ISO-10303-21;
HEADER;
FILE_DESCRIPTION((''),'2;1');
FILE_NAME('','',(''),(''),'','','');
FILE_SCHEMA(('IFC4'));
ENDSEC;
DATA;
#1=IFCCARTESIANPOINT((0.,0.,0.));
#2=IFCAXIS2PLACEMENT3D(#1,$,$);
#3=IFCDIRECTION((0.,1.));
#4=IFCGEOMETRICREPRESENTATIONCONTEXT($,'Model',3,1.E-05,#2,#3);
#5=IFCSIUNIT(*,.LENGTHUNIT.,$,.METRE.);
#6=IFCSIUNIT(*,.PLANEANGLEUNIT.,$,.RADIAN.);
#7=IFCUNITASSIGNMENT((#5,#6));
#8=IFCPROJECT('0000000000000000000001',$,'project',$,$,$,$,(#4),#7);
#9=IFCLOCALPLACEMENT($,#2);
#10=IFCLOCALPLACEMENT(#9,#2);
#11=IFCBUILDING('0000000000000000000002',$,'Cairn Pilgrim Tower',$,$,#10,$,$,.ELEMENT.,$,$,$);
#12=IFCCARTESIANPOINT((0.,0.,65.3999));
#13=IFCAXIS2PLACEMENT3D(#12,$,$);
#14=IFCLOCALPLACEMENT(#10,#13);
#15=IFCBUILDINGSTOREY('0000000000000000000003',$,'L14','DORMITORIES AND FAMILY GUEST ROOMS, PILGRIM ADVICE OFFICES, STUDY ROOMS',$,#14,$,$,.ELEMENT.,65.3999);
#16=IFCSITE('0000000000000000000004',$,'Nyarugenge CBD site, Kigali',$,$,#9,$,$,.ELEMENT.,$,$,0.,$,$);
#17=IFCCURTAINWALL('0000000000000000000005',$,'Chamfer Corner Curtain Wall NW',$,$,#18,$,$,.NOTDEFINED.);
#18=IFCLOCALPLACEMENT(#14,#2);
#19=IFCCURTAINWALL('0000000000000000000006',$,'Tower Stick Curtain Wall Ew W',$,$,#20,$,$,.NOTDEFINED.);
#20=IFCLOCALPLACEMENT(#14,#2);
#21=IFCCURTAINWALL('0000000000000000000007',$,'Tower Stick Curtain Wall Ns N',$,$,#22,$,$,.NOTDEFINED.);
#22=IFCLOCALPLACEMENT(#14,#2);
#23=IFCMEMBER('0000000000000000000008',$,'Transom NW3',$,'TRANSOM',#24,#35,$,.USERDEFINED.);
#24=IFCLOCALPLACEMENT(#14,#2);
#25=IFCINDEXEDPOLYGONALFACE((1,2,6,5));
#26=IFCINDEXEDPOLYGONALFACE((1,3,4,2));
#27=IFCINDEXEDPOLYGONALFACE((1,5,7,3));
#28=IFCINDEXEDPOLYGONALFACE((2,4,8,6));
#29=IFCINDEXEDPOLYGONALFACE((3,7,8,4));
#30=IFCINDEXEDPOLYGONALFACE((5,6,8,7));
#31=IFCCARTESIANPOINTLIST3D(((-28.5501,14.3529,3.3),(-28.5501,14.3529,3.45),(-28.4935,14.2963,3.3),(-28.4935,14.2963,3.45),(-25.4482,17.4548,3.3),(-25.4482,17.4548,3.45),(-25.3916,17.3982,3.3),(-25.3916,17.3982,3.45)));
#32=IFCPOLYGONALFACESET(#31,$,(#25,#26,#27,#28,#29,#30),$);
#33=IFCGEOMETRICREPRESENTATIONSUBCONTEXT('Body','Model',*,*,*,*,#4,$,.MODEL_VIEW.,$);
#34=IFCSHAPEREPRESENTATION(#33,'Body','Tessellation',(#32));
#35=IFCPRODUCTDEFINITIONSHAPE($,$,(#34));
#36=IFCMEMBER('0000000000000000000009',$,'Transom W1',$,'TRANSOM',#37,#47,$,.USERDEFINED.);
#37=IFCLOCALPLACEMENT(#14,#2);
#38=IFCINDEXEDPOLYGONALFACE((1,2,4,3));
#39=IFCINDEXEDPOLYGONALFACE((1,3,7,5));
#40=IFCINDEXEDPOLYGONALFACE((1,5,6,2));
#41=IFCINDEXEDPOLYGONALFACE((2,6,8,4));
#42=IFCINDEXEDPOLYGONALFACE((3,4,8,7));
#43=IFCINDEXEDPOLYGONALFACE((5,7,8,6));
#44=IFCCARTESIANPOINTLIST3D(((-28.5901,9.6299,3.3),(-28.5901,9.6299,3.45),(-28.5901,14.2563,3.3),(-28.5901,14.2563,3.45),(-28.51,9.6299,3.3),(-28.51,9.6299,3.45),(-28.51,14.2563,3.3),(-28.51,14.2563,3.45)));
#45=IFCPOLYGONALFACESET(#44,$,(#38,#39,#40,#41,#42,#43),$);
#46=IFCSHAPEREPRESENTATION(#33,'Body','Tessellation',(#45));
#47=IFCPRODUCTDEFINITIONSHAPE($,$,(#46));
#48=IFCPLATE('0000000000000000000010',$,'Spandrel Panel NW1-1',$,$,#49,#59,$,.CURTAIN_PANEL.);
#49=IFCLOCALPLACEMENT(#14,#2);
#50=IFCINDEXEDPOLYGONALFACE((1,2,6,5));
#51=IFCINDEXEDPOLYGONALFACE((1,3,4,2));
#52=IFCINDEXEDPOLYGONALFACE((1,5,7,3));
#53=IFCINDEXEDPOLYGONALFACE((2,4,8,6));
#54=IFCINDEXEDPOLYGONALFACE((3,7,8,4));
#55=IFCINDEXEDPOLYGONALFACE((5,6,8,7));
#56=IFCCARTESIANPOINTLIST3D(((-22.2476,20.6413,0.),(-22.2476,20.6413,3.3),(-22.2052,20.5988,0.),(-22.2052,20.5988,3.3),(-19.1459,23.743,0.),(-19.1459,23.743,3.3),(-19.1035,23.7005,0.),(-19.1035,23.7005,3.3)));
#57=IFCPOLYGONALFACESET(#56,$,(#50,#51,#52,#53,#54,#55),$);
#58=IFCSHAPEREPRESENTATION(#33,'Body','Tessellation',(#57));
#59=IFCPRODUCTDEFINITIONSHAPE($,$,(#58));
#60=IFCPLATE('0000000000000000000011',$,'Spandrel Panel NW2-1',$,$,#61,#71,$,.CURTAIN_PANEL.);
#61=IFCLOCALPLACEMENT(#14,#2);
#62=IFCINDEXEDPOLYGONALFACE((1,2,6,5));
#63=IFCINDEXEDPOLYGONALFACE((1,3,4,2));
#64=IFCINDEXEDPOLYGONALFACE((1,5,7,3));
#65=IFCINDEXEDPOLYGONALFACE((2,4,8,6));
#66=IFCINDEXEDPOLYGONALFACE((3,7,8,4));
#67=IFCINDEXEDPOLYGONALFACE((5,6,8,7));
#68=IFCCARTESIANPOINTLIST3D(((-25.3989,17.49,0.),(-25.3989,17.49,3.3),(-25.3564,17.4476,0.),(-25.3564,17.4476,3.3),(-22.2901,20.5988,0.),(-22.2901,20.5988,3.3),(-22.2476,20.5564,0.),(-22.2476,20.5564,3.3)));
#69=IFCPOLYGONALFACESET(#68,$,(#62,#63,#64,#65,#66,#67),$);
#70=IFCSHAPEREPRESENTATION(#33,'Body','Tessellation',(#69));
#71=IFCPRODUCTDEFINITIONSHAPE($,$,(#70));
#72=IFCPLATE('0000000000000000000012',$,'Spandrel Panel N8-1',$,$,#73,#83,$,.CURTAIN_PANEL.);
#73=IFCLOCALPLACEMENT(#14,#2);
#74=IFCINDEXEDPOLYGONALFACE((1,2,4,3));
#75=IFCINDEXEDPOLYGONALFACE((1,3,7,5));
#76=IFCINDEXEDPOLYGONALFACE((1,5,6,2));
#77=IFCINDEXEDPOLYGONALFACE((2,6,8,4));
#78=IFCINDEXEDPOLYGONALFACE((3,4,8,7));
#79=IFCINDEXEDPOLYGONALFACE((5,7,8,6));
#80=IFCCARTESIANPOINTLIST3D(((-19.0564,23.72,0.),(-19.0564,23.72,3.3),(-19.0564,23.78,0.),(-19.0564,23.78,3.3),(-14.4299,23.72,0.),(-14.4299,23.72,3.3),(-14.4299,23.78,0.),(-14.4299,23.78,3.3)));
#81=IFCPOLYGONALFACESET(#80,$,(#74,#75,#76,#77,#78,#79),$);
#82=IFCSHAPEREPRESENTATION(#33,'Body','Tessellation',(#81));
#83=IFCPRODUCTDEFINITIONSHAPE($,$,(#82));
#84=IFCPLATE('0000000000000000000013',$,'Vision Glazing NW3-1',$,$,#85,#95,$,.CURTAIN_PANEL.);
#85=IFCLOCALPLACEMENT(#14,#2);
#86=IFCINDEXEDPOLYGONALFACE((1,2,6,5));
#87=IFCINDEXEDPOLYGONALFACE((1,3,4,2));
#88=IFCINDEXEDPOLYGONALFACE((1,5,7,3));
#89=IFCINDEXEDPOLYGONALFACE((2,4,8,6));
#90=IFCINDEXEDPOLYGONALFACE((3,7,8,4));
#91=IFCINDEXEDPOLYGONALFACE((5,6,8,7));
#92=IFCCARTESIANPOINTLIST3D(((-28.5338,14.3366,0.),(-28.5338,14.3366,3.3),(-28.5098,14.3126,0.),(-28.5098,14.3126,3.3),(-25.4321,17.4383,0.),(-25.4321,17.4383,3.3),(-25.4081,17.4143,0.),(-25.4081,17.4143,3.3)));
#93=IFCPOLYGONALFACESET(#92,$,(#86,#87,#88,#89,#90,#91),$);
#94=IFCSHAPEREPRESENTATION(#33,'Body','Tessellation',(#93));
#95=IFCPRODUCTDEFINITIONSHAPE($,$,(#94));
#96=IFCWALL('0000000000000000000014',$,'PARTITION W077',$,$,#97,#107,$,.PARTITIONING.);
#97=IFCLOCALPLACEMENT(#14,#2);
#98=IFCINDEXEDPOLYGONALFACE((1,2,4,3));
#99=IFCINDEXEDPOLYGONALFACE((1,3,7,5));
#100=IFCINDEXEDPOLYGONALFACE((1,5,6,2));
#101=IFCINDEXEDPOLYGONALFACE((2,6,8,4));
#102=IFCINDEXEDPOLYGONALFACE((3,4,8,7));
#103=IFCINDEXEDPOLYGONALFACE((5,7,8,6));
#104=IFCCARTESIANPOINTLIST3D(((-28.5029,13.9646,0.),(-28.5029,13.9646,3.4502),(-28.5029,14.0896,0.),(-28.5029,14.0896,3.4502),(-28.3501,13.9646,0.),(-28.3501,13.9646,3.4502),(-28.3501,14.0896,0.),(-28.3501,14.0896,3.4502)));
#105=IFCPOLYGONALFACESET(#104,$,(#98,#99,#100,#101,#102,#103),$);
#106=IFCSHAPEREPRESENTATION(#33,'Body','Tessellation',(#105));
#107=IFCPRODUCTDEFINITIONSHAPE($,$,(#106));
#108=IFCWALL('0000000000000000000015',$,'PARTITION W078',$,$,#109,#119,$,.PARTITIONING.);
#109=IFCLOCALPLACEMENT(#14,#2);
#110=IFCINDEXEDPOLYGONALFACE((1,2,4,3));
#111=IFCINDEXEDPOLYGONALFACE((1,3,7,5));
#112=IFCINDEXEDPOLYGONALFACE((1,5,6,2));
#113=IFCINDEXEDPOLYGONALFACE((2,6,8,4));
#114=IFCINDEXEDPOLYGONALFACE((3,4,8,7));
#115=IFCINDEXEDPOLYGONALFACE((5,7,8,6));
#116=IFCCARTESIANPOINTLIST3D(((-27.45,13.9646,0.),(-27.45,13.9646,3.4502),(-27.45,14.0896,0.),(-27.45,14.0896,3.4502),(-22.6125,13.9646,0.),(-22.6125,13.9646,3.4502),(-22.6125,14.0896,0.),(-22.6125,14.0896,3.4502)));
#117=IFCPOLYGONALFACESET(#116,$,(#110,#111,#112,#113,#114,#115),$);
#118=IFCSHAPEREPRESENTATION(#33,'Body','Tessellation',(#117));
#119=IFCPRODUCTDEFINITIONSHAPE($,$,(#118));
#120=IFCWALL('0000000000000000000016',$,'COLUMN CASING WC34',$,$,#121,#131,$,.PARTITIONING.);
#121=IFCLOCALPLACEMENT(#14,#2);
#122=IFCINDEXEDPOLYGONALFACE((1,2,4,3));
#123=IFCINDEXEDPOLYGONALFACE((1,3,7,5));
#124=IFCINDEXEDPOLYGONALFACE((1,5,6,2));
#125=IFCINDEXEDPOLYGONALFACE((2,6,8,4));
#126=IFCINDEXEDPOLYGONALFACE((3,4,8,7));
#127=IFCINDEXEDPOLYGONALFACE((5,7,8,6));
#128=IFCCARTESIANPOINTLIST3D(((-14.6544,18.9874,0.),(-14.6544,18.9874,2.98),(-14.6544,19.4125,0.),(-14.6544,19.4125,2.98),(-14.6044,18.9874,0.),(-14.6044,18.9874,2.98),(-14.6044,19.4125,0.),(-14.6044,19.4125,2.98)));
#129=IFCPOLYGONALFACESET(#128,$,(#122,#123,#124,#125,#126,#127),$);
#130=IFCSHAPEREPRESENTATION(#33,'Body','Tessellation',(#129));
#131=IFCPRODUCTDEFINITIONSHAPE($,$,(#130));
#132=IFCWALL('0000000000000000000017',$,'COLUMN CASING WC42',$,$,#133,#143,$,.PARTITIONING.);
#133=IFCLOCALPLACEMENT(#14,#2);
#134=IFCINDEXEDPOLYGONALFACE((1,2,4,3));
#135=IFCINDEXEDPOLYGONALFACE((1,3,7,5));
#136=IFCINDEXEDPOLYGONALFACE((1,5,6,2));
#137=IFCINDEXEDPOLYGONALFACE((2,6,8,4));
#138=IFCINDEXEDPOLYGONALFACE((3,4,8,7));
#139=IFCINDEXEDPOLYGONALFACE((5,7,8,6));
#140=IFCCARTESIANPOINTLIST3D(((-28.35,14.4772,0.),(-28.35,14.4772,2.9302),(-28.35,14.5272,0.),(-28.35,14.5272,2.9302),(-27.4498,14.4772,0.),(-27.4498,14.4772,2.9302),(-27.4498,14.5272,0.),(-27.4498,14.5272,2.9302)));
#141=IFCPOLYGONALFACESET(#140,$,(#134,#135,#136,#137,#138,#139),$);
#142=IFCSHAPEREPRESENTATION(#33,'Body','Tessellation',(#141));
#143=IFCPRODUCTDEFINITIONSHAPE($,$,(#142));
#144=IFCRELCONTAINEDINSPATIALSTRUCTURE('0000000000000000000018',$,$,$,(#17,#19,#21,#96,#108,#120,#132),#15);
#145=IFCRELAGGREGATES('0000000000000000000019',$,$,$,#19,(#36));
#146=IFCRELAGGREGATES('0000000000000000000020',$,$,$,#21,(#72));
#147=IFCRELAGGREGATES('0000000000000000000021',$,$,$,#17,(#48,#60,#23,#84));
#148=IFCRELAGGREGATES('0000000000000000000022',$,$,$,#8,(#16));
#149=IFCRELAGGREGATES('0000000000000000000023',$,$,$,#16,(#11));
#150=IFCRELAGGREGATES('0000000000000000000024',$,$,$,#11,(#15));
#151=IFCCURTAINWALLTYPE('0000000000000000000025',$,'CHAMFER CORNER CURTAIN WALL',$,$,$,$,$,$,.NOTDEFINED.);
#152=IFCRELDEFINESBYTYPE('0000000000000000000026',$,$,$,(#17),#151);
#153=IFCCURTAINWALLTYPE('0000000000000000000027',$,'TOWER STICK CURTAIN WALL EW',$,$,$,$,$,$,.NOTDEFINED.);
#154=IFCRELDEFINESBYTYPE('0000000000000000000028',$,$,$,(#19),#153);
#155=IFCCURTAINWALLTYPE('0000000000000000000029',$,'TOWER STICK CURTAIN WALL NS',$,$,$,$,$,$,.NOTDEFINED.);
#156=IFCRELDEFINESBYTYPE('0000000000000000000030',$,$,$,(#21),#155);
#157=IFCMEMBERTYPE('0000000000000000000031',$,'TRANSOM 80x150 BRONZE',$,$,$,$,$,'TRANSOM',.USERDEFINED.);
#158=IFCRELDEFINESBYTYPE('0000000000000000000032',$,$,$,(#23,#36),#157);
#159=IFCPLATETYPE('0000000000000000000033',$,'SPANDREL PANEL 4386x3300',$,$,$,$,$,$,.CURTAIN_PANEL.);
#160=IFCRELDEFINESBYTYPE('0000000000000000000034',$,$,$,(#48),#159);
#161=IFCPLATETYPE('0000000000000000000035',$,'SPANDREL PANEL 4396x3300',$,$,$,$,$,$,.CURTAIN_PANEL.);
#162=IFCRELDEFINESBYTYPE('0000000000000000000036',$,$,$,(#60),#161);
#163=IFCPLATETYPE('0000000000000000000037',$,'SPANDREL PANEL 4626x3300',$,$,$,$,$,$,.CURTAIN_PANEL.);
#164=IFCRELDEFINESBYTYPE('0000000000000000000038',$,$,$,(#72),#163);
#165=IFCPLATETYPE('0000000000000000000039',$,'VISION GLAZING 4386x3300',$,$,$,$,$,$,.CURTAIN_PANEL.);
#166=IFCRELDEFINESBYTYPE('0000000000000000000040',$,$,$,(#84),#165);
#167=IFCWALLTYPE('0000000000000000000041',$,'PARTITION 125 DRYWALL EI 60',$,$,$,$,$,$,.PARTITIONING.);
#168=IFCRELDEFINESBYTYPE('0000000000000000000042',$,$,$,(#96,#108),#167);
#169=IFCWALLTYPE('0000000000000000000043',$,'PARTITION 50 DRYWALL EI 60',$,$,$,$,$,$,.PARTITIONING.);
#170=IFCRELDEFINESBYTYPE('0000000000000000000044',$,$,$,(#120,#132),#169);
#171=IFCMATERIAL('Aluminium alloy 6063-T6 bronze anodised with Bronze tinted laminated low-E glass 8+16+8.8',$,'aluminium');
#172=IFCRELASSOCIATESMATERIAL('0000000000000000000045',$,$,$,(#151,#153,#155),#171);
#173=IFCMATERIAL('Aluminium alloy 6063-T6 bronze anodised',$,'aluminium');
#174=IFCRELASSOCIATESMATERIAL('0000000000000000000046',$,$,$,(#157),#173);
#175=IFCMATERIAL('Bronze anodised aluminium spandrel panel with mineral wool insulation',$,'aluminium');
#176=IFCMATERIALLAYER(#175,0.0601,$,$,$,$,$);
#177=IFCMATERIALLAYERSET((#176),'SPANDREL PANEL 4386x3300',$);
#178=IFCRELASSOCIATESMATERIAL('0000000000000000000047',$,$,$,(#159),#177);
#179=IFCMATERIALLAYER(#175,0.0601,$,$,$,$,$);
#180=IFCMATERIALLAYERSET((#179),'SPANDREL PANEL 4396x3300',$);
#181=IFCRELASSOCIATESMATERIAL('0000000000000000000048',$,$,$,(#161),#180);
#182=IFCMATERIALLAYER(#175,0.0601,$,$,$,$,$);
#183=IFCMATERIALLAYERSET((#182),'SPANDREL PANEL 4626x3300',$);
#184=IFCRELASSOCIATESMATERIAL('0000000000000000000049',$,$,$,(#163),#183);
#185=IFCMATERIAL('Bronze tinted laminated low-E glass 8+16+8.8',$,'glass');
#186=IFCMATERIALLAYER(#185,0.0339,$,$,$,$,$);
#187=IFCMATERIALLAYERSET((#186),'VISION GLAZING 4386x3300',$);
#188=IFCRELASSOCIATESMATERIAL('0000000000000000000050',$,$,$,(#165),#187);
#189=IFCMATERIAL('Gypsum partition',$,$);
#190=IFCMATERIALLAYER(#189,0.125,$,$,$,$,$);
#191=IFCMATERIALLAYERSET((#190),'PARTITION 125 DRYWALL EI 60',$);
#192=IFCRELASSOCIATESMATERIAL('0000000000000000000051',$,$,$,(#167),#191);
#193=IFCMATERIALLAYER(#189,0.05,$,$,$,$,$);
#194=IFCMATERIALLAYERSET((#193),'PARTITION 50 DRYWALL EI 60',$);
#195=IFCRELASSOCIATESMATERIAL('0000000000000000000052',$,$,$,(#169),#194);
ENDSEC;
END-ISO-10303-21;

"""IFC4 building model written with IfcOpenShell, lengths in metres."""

from ifc_helpers import new_model, si_unit, direction, frame, frame_2d, origin, origin_2d, place, context, subcontext, project, spatial, rectangle, extrude, material, layer, layer_set, material_profile, profile_set, type_object, element, aggregate, save


model = new_model("IFC4")

# Units and contexts
model_context = context("Model", 3, precision=1e-05, world=origin(), true_north=direction((0.0, 1.0)))
body_context = subcontext(model_context, "Body", "Model", "MODEL_VIEW")
ifc_project = project(units=[si_unit("LENGTHUNIT", "METRE"), si_unit("PLANEANGLEUNIT", "RADIAN")], contexts=[model_context])

# Site, building, storey
site_placement = place(None, origin())
site = spatial("IfcSite", under=ifc_project, at=site_placement, Name="Nyarugenge CBD site, Kigali", CompositionType="ELEMENT", RefElevation=0.0)
building_placement = place(site_placement, origin())
building = spatial("IfcBuilding", under=site, at=building_placement, Name="Cairn Pilgrim Tower", CompositionType="ELEMENT")
storey_placement = place(building_placement, frame((0.0, 0.0, 65.3999)))
storey = spatial("IfcBuildingStorey", under=building, at=storey_placement, Name="L14", Description="DORMITORIES AND FAMILY GUEST ROOMS, PILGRIM ADVICE OFFICES, STUDY ROOMS", CompositionType="ELEMENT", Elevation=65.3999)

# Curtain wall
ifc_material_1 = material(Name="Aluminium alloy 6063-T6 bronze anodised with Bronze tinted laminated low-E glass 8+16+8.8", Category="aluminium")
curtain_wall_type_1 = type_object("IfcCurtainWallType", Name="CHAMFER CORNER CURTAIN WALL", PredefinedType="NOTDEFINED", material=ifc_material_1)
curtain_wall_1_placement = place(storey_placement, origin())
curtain_wall_1 = element("IfcCurtainWall", 1, at=curtain_wall_1_placement, inside=storey, type_object=curtain_wall_type_1, Name="Chamfer Corner Curtain Wall NW", PredefinedType="NOTDEFINED")
ifc_material_2 = material(Name="Aluminium alloy 6063-T6 bronze anodised", Category="aluminium")

# Curtain wall
curtain_wall_type_2 = type_object("IfcCurtainWallType", Name="TOWER STICK CURTAIN WALL EW", PredefinedType="NOTDEFINED", material=ifc_material_1)
curtain_wall_2_placement = place(storey_placement, origin())
curtain_wall_2 = element("IfcCurtainWall", 2, at=curtain_wall_2_placement, inside=storey, type_object=curtain_wall_type_2, Name="Tower Stick Curtain Wall Ew W", PredefinedType="NOTDEFINED")

# Curtain wall
curtain_wall_type_3 = type_object("IfcCurtainWallType", Name="TOWER STICK CURTAIN WALL NS", PredefinedType="NOTDEFINED", material=ifc_material_1)
curtain_wall_3_placement = place(storey_placement, origin())
curtain_wall_3 = element("IfcCurtainWall", 3, at=curtain_wall_3_placement, inside=storey, type_object=curtain_wall_type_3, Name="Tower Stick Curtain Wall Ns N", PredefinedType="NOTDEFINED")
ifc_material_profile_1 = material_profile(ifc_material_2, rectangle(XDim=0.0801, YDim=0.1499, at=origin_2d()), Name="TRANSOM 80x150 BRONZE")
ifc_profile_set_1 = profile_set([ifc_material_profile_1], Name="Aluminium alloy 6063-T6 bronze anodised")
member_type_1 = type_object("IfcMemberType", Name="TRANSOM 80x150 BRONZE", ElementType="TRANSOM", PredefinedType="USERDEFINED", material=ifc_profile_set_1)

# Members
member_1_placement = place(storey_placement, frame((-25.4199, 17.4265, 3.375), z_axis=(-0.707107, -0.707107, 0.0), x_axis=(0.707107, -0.707107, 0.0)))
member_1 = element("IfcMember", 4, at=member_1_placement, type_object=member_type_1, Name="Transom NW3", ObjectType="TRANSOM", PredefinedType="USERDEFINED", context=body_context, shape_type="SweptSolid", body=[
    extrude(rectangle(XDim=0.0801, YDim=0.1499, at=origin_2d()), origin(), (0.0, 0.0, 1.0), 4.3867),
])
member_2_placement = place(storey_placement, frame((-28.55, 14.2563, 3.375), z_axis=(0.0, -1.0, 0.0), x_axis=(1.0, 0.0, 0.0)))
member_2 = element("IfcMember", 5, at=member_2_placement, type_object=member_type_1, Name="Transom W1", ObjectType="TRANSOM", PredefinedType="USERDEFINED", context=body_context, shape_type="SweptSolid", body=[
    extrude(rectangle(XDim=0.0801, YDim=0.1499, at=origin_2d()), origin(), (0.0, 0.0, 1.0), 4.6265),
])
aggregate(curtain_wall_2, [member_2])

# Plates
ifc_material_3 = material(Name="Bronze anodised aluminium spandrel panel with mineral wool insulation", Category="aluminium")
ifc_layer_1 = layer(ifc_material_3, 0.0601)
ifc_layer_set_1 = layer_set([ifc_layer_1], Name="SPANDREL PANEL 4386x3300")
plate_type_1 = type_object("IfcPlateType", Name="SPANDREL PANEL 4386x3300", PredefinedType="CURTAIN_PANEL", material=ifc_layer_set_1)
plate_1_placement = place(storey_placement, frame((-20.6755, 22.1709, 0.0), z_axis=(0.0, 0.0, 1.0), x_axis=(-0.707107, -0.707107, 0.0)))
plate_1 = element("IfcPlate", 6, at=plate_1_placement, type_object=plate_type_1, Name="Spandrel Panel NW1-1", PredefinedType="CURTAIN_PANEL", context=body_context, shape_type="SweptSolid", body=[
    extrude(rectangle(XDim=4.3865, YDim=0.0601, at=origin_2d()), origin(), (0.0, 0.0, 1.0), 3.3),
])
ifc_layer_2 = layer(ifc_material_3, 0.0601)
ifc_layer_set_2 = layer_set([ifc_layer_2], Name="SPANDREL PANEL 4396x3300")
plate_type_2 = type_object("IfcPlateType", Name="SPANDREL PANEL 4396x3300", PredefinedType="CURTAIN_PANEL", material=ifc_layer_set_2)
plate_2_placement = place(storey_placement, frame((-23.8232, 19.0232, 0.0), z_axis=(0.0, 0.0, 1.0), x_axis=(-0.707107, -0.707107, 0.0)))
plate_2 = element("IfcPlate", 7, at=plate_2_placement, type_object=plate_type_2, Name="Spandrel Panel NW2-1", PredefinedType="CURTAIN_PANEL", context=body_context, shape_type="SweptSolid", body=[
    extrude(rectangle(XDim=4.3965, YDim=0.0601, at=origin_2d()), origin(), (0.0, 0.0, 1.0), 3.3),
])
ifc_layer_3 = layer(ifc_material_3, 0.0601)
ifc_layer_set_3 = layer_set([ifc_layer_3], Name="SPANDREL PANEL 4626x3300")
plate_type_3 = type_object("IfcPlateType", Name="SPANDREL PANEL 4626x3300", PredefinedType="CURTAIN_PANEL", material=ifc_layer_set_3)
plate_3_placement = place(storey_placement, frame((-16.7432, 23.75, 0.0), z_axis=(0.0, 0.0, 1.0), x_axis=(-1.0, 0.0, 0.0)))
plate_3 = element("IfcPlate", 8, at=plate_3_placement, type_object=plate_type_3, Name="Spandrel Panel N8-1", PredefinedType="CURTAIN_PANEL", context=body_context, shape_type="SweptSolid", body=[
    extrude(rectangle(XDim=4.6265, YDim=0.0601, at=origin_2d()), origin(), (0.0, 0.0, 1.0), 3.3),
])
aggregate(curtain_wall_3, [plate_3])
ifc_material_4 = material(Name="Bronze tinted laminated low-E glass 8+16+8.8", Category="glass")
ifc_layer_4 = layer(ifc_material_4, 0.0339)
ifc_layer_set_4 = layer_set([ifc_layer_4], Name="VISION GLAZING 4386x3300")
plate_type_4 = type_object("IfcPlateType", Name="VISION GLAZING 4386x3300", PredefinedType="CURTAIN_PANEL", material=ifc_layer_set_4)
plate_4_placement = place(storey_placement, frame((-26.9709, 15.8755, 0.0), z_axis=(0.0, 0.0, 1.0), x_axis=(-0.707107, -0.707107, 0.0)))
plate_4 = element("IfcPlate", 9, at=plate_4_placement, type_object=plate_type_4, Name="Vision Glazing NW3-1", PredefinedType="CURTAIN_PANEL", context=body_context, shape_type="SweptSolid", body=[
    extrude(rectangle(XDim=4.3865, YDim=0.0339, at=origin_2d()), origin(), (0.0, 0.0, 1.0), 3.3),
])
aggregate(curtain_wall_1, [plate_1, plate_2, member_1, plate_4])

# Walls
ifc_material_5 = material(Name="Gypsum partition")
ifc_layer_5 = layer(ifc_material_5, 0.125)
ifc_layer_set_5 = layer_set([ifc_layer_5], Name="PARTITION 125 DRYWALL EI 60")
wall_type_1 = type_object("IfcWallType", Name="PARTITION 125 DRYWALL EI 60", PredefinedType="PARTITIONING", material=ifc_layer_set_5)
wall_1_placement = place(storey_placement, frame((-28.5029, 14.0271, 0.0), z_axis=(0.0, 0.0, 1.0), x_axis=(1.0, 0.0, 0.0)))
element("IfcWall", 10, at=wall_1_placement, inside=storey, type_object=wall_type_1, Name="PARTITION W077", PredefinedType="PARTITIONING", context=body_context, shape_type="SweptSolid", body=[
    extrude(rectangle(XDim=0.1528, YDim=0.125, at=frame_2d((0.0764, 0.0))), origin(), (0.0, 0.0, 1.0), 3.4502),
])
wall_2_placement = place(storey_placement, frame((-27.45, 14.0271, 0.0), z_axis=(0.0, 0.0, 1.0), x_axis=(1.0, 0.0, 0.0)))
element("IfcWall", 11, at=wall_2_placement, inside=storey, type_object=wall_type_1, Name="PARTITION W078", PredefinedType="PARTITIONING", context=body_context, shape_type="SweptSolid", body=[
    extrude(rectangle(XDim=4.8374, YDim=0.125, at=frame_2d((2.4187, 0.0))), origin(), (0.0, 0.0, 1.0), 3.4502),
])
ifc_layer_6 = layer(ifc_material_5, 0.05)
ifc_layer_set_6 = layer_set([ifc_layer_6], Name="PARTITION 50 DRYWALL EI 60")
wall_type_2 = type_object("IfcWallType", Name="PARTITION 50 DRYWALL EI 60", PredefinedType="PARTITIONING", material=ifc_layer_set_6)
wall_3_placement = place(storey_placement, frame((-14.6294, 18.9875, 0.0), z_axis=(0.0, 0.0, 1.0), x_axis=(0.0, 1.0, 0.0)))
element("IfcWall", 12, at=wall_3_placement, inside=storey, type_object=wall_type_2, Name="COLUMN CASING WC34", PredefinedType="PARTITIONING", context=body_context, shape_type="SweptSolid", body=[
    extrude(rectangle(XDim=0.425, YDim=0.05, at=frame_2d((0.2124, 0.0))), origin(), (0.0, 0.0, 1.0), 2.98),
])
wall_4_placement = place(storey_placement, frame((-28.3501, 14.5022, 0.0), z_axis=(0.0, 0.0, 1.0), x_axis=(1.0, 0.0, 0.0)))
element("IfcWall", 13, at=wall_4_placement, inside=storey, type_object=wall_type_2, Name="COLUMN CASING WC42", PredefinedType="PARTITIONING", context=body_context, shape_type="SweptSolid", body=[
    extrude(rectangle(XDim=0.9001, YDim=0.05, at=frame_2d((0.4502, 0.0))), origin(), (0.0, 0.0, 1.0), 2.9302),
])

save(model, "model.ifc")
